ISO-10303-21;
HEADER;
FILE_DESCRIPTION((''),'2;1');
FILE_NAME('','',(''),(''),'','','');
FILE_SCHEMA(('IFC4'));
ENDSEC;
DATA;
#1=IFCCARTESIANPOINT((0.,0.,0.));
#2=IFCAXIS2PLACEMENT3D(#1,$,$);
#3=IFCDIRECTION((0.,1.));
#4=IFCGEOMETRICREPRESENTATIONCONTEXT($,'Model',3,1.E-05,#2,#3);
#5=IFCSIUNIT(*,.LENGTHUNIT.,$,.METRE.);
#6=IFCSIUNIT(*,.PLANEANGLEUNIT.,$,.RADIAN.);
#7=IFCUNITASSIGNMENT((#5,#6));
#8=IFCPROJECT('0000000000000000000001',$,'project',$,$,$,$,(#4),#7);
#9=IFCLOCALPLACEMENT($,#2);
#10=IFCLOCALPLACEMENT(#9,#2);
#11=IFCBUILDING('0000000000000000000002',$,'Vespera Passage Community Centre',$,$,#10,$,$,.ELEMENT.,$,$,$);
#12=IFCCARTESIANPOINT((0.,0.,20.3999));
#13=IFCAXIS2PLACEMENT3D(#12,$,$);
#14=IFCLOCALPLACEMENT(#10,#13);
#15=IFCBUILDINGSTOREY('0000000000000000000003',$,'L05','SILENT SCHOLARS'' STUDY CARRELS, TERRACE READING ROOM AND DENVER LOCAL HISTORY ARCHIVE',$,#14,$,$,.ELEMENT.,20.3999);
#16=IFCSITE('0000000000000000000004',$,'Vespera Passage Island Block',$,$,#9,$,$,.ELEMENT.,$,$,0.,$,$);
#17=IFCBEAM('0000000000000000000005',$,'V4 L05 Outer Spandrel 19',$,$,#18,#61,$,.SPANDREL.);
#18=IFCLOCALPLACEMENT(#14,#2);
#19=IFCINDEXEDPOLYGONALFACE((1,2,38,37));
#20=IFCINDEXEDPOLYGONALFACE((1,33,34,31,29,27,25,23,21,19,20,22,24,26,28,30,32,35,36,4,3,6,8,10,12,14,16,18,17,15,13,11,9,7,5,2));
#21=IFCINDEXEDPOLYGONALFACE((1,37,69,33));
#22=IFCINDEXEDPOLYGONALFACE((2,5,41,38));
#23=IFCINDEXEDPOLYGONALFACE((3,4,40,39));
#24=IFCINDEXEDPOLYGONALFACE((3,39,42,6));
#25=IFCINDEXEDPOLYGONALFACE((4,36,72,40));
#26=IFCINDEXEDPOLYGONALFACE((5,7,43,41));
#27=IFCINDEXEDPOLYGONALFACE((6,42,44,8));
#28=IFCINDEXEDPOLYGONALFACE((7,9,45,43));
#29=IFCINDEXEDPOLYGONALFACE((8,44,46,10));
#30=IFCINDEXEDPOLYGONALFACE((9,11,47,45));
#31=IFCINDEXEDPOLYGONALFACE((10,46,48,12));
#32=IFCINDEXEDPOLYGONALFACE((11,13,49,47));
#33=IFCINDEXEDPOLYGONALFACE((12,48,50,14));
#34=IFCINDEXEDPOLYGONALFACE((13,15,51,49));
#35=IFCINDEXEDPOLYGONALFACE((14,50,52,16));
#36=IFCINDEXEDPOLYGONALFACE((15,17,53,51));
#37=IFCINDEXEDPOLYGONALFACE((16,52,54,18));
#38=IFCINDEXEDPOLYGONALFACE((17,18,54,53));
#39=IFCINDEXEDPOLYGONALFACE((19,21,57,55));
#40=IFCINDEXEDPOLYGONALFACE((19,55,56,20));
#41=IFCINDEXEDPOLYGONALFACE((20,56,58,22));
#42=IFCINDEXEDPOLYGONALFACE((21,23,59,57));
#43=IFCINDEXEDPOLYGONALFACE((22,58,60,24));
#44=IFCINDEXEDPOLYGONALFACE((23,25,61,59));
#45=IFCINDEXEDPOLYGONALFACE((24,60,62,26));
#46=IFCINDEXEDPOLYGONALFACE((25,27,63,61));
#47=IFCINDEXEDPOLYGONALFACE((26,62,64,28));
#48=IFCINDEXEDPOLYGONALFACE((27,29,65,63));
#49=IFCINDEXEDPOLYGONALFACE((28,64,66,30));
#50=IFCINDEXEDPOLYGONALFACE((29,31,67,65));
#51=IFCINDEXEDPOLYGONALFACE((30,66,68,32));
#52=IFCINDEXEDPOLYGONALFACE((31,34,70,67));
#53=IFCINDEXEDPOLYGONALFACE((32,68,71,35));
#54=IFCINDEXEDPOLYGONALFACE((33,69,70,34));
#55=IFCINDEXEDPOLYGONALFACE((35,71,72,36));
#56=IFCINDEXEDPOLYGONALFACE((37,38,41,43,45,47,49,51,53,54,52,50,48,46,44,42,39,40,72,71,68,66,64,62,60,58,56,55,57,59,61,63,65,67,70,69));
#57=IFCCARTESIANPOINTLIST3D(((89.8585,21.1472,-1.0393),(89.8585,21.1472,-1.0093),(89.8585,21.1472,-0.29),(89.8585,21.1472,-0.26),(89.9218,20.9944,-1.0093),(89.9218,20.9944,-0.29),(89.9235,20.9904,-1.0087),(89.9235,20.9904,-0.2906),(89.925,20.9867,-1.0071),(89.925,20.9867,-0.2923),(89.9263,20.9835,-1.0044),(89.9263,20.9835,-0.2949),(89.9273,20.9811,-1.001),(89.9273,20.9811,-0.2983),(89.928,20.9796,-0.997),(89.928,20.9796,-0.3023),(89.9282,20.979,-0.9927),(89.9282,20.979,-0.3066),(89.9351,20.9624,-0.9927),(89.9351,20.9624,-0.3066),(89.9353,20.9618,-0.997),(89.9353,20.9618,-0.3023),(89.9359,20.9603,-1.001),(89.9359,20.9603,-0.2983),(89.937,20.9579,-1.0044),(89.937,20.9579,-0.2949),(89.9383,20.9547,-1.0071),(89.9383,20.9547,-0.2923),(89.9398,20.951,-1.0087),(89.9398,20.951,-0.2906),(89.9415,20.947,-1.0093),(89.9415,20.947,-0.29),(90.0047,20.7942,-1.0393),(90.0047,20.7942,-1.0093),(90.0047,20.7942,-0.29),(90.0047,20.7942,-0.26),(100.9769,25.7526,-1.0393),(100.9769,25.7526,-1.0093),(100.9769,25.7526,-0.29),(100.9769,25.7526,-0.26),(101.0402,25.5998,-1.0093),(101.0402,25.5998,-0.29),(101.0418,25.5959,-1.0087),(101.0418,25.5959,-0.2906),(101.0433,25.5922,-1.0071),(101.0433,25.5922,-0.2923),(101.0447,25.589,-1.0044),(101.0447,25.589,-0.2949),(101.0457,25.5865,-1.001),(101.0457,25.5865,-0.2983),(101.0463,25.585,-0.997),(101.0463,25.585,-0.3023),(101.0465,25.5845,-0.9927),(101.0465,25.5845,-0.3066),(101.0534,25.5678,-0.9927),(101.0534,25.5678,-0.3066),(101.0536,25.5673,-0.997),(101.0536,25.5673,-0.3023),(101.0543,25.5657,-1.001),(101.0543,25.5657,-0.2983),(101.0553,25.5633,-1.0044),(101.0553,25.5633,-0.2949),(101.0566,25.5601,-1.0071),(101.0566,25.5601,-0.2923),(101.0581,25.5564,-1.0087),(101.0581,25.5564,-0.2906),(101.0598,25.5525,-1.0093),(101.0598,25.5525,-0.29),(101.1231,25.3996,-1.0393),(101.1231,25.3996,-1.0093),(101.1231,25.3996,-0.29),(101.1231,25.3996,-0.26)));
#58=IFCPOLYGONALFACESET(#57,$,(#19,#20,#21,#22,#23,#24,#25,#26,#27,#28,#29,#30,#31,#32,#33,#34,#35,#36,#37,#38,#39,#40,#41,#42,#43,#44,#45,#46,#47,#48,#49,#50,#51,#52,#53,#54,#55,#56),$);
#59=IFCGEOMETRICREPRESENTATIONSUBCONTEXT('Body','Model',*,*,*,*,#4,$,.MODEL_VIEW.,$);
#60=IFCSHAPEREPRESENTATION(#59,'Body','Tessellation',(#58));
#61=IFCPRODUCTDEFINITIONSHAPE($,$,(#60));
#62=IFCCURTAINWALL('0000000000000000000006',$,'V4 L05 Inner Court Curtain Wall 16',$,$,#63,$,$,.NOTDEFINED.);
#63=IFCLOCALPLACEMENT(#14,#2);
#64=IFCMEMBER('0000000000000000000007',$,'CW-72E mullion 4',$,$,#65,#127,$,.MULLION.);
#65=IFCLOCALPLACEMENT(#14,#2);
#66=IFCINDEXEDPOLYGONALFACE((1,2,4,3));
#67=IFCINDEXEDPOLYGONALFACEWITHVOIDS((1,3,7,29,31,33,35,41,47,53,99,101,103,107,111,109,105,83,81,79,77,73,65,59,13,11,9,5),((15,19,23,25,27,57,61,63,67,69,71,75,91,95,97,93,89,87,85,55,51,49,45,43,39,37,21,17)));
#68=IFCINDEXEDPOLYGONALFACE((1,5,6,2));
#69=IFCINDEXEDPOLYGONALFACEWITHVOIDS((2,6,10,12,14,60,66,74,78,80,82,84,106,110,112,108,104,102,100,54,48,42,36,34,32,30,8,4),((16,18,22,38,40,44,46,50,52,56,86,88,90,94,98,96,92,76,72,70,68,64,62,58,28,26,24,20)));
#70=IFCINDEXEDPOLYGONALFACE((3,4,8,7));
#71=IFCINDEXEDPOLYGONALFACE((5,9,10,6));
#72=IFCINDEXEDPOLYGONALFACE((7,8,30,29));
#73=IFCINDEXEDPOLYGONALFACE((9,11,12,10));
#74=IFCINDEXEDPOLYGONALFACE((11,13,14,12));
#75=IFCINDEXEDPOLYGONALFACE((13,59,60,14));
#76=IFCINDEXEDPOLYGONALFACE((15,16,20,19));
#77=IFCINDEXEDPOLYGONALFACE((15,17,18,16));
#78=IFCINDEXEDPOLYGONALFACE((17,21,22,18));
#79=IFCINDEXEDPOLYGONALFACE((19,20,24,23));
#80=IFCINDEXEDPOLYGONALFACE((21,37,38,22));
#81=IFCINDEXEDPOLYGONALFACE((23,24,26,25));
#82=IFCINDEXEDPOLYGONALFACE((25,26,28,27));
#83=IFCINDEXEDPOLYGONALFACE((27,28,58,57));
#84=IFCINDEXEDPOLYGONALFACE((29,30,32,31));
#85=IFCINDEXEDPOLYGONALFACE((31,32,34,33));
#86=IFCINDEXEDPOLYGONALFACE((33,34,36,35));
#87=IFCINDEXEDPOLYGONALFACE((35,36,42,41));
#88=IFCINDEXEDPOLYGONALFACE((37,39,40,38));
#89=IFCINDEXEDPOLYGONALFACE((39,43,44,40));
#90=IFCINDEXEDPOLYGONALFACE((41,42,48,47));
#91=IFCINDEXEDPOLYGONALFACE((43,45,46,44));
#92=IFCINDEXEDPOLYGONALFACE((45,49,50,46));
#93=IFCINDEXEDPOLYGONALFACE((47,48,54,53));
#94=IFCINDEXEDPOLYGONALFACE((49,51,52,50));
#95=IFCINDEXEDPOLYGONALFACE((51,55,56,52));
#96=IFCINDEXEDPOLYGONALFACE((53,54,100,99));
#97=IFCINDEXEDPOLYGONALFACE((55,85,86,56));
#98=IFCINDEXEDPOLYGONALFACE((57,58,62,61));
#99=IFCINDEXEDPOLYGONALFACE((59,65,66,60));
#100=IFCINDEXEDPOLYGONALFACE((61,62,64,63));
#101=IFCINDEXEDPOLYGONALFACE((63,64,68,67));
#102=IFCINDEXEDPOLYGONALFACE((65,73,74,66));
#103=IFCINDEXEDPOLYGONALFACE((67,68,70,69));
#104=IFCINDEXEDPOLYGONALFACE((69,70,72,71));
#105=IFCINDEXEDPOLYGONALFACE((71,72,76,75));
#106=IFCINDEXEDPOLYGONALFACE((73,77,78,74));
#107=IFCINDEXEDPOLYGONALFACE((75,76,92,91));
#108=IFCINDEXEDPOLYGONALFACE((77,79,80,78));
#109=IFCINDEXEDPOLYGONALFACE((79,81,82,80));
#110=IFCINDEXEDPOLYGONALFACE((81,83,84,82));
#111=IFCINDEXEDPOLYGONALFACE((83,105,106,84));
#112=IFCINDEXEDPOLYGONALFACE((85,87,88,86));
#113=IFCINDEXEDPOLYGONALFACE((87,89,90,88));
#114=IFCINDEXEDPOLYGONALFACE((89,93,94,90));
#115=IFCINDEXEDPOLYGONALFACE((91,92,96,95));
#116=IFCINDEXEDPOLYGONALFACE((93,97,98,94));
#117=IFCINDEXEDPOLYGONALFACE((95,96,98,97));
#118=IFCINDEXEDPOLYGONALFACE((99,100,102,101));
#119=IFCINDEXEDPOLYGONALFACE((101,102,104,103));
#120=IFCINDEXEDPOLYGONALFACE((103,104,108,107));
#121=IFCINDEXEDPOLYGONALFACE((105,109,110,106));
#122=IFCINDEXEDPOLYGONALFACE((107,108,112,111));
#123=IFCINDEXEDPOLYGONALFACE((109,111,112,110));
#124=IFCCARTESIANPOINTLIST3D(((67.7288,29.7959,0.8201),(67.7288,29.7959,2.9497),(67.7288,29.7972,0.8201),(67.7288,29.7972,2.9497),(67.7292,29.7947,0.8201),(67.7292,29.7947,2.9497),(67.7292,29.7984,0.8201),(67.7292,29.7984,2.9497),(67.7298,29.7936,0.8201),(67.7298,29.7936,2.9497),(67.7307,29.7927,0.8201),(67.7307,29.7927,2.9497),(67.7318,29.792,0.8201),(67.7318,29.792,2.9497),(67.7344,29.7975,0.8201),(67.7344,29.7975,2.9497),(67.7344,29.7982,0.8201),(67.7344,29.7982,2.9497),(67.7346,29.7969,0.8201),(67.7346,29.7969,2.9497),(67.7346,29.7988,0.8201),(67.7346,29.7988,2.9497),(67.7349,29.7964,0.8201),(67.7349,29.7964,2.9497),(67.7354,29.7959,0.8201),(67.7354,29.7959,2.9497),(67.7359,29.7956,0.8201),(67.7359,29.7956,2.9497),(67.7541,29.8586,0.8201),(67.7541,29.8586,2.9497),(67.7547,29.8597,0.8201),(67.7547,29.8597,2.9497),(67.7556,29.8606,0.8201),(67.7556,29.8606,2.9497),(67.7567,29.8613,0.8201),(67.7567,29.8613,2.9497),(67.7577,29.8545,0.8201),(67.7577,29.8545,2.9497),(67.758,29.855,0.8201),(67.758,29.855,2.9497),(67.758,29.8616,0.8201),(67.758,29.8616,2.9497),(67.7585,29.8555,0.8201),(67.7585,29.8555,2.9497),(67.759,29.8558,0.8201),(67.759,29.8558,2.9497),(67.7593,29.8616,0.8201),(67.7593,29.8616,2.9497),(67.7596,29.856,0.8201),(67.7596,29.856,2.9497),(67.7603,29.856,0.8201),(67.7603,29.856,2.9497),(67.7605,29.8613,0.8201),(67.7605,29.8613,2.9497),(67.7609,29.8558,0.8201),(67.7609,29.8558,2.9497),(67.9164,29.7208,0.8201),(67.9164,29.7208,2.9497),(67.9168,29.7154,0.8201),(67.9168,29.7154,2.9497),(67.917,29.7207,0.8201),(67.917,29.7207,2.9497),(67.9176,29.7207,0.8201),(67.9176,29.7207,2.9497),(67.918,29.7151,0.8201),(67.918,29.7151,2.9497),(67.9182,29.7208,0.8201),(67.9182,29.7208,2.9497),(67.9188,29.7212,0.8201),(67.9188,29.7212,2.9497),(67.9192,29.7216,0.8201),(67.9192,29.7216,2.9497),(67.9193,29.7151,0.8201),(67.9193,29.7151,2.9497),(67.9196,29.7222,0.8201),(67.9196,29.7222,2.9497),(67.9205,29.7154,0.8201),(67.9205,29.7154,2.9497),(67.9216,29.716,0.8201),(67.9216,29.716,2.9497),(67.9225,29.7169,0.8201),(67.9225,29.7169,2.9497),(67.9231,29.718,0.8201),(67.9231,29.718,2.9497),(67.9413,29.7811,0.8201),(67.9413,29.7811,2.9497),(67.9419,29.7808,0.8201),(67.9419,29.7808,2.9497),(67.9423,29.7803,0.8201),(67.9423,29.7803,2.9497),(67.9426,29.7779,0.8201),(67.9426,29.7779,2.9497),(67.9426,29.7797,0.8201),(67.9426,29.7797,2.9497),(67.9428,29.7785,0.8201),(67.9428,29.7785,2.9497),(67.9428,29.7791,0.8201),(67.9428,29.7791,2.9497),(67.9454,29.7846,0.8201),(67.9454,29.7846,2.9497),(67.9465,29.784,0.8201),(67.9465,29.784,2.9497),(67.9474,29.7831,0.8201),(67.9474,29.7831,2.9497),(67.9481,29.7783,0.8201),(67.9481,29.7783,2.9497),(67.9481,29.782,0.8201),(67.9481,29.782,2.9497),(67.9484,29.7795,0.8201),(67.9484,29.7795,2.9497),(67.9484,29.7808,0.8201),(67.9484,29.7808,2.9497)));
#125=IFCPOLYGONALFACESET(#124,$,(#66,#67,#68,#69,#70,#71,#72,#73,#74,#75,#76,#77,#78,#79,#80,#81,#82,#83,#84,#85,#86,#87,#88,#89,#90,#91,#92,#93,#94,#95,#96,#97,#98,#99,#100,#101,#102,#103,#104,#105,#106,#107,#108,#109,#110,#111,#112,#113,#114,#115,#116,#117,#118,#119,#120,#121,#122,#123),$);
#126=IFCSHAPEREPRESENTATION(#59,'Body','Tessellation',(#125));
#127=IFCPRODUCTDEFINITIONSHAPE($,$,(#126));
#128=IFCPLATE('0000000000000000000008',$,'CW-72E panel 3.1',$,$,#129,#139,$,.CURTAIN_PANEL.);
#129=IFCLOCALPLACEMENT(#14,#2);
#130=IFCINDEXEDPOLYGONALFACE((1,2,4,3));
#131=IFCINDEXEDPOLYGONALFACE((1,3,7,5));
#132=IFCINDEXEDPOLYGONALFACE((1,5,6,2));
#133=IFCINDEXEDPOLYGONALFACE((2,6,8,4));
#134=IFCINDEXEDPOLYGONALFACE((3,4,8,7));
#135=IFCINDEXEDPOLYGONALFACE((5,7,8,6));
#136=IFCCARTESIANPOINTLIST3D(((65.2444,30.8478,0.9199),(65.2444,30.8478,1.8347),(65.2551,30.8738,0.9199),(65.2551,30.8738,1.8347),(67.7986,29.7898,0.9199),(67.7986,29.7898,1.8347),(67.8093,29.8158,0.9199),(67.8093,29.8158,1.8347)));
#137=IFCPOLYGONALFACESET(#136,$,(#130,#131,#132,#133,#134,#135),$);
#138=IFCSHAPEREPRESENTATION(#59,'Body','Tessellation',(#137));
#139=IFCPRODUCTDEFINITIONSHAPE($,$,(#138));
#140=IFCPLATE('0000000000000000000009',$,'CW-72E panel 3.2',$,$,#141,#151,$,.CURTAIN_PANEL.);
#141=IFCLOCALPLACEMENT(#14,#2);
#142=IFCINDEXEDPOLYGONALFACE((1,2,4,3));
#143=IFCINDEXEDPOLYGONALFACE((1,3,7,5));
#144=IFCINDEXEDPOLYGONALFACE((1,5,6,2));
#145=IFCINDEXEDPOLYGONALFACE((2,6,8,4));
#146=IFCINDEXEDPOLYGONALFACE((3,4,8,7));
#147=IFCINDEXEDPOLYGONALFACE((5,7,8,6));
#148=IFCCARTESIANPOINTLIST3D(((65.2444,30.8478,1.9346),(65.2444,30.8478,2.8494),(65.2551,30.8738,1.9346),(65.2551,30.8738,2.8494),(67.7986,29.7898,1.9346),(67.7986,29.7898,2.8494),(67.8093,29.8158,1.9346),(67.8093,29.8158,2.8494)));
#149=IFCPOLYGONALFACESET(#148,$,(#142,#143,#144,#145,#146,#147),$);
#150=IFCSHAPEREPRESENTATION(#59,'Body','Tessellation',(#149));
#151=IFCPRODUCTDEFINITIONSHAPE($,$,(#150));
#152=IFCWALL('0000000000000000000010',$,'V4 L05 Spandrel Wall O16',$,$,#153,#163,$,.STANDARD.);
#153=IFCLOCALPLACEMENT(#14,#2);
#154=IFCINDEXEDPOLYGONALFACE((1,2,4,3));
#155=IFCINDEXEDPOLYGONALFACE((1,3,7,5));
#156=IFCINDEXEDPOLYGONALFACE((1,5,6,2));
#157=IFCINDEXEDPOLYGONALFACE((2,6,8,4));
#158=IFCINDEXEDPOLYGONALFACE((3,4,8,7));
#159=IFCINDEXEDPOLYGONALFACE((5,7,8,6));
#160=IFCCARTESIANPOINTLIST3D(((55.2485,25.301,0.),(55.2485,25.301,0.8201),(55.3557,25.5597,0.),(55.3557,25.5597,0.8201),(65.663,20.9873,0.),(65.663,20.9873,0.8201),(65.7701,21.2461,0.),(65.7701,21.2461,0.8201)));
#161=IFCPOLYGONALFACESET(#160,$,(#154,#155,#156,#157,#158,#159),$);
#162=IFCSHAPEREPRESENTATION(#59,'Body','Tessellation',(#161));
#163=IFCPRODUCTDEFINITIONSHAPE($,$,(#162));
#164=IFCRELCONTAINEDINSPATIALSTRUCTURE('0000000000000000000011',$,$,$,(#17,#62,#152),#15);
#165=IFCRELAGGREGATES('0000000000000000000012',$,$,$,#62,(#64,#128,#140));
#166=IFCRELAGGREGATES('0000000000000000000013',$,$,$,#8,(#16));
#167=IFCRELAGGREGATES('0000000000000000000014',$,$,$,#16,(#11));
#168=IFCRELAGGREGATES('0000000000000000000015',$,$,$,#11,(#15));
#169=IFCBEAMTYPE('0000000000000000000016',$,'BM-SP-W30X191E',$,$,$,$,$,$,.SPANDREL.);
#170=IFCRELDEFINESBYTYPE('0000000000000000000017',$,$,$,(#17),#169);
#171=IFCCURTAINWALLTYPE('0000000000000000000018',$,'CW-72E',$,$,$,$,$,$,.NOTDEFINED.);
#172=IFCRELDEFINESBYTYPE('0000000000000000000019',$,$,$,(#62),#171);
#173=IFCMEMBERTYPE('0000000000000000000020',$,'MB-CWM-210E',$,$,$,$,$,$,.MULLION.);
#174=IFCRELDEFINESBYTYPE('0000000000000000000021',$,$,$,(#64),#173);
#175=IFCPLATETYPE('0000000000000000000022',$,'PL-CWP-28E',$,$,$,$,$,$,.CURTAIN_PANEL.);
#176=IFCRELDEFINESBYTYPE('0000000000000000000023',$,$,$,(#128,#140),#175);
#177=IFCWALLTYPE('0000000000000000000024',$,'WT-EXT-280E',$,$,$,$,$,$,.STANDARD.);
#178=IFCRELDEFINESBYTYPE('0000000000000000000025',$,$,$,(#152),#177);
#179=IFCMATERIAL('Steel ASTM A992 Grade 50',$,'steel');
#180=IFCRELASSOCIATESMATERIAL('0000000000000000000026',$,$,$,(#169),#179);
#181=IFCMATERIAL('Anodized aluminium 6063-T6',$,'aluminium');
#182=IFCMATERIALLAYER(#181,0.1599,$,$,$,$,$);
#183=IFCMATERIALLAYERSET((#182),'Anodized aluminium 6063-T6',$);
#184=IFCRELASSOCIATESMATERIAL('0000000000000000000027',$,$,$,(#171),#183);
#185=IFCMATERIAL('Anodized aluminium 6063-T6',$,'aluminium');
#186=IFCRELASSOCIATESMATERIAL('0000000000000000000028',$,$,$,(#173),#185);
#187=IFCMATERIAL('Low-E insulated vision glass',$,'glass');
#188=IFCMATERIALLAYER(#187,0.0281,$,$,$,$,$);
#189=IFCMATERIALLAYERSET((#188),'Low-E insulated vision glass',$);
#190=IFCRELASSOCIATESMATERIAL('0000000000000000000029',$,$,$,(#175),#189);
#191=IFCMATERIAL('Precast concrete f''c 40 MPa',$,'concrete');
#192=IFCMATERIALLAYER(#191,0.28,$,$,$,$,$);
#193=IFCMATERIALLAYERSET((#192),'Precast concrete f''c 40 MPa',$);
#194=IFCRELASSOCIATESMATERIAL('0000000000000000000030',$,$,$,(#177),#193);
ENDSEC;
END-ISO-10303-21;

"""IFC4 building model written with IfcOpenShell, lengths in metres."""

from ifc_helpers import new_model, si_unit, direction, frame, frame_2d, origin, origin_2d, place, context, subcontext, project, spatial, rectangle, hollow_rectangle, i_section, extrude, material, layer, layer_set, material_profile, profile_set, type_object, element, aggregate, save


model = new_model("IFC4")

# Units and contexts
model_context = context("Model", 3, precision=1e-05, world=origin(), true_north=direction((0.0, 1.0)))
body_context = subcontext(model_context, "Body", "Model", "MODEL_VIEW")
ifc_project = project(units=[si_unit("LENGTHUNIT", "METRE"), si_unit("PLANEANGLEUNIT", "RADIAN")], contexts=[model_context])

# Site, building, storey
site_placement = place(None, origin())
site = spatial("IfcSite", under=ifc_project, at=site_placement, Name="Vespera Passage Island Block", CompositionType="ELEMENT", RefElevation=0.0)
building_placement = place(site_placement, origin())
building = spatial("IfcBuilding", under=site, at=building_placement, Name="Vespera Passage Community Centre", CompositionType="ELEMENT")
storey_placement = place(building_placement, frame((0.0, 0.0, 20.3999)))
storey = spatial("IfcBuildingStorey", under=building, at=storey_placement, Name="L05", Description="SILENT SCHOLARS' STUDY CARRELS, TERRACE READING ROOM AND DENVER LOCAL HISTORY ARCHIVE", CompositionType="ELEMENT", Elevation=20.3999)

# Beam
ifc_material_1 = material(Name="Steel ASTM A992 Grade 50", Category="steel")
ifc_material_profile_1 = material_profile(ifc_material_1, i_section(OverallWidth=0.3821, OverallDepth=0.7793, WebThickness=0.0181, FlangeThickness=0.03, FilletRadius=0.0166, at=origin_2d()), Name="W30X191")
ifc_profile_set_1 = profile_set([ifc_material_profile_1], Name="Steel ASTM A992 Grade 50")
beam_type_1 = type_object("IfcBeamType", Name="BM-SP-W30X191E", PredefinedType="SPANDREL", material=ifc_profile_set_1)
beam_1_placement = place(storey_placement, frame((89.9316, 20.9707, -0.6497), z_axis=(0.923877, 0.382689, 0.0), x_axis=(-0.382689, 0.923877, 0.0)))
element("IfcBeam", 1, at=beam_1_placement, inside=storey, type_object=beam_type_1, Name="V4 L05 Outer Spandrel 19", PredefinedType="SPANDREL", context=body_context, shape_type="SweptSolid", body=[
    extrude(i_section(OverallWidth=0.3821, OverallDepth=0.7793, WebThickness=0.0181, FlangeThickness=0.03, FilletRadius=0.0166, at=origin_2d()), origin(), (0.0, 0.0, 1.0), 12.0344),
])

# Curtain wall, member, plates
ifc_material_2 = material(Name="Anodized aluminium 6063-T6", Category="aluminium")
ifc_layer_1 = layer(ifc_material_2, 0.1599)
ifc_layer_set_1 = layer_set([ifc_layer_1], Name="Anodized aluminium 6063-T6")
curtain_wall_type = type_object("IfcCurtainWallType", Name="CW-72E", PredefinedType="NOTDEFINED", material=ifc_layer_set_1)
curtain_wall_placement = place(storey_placement, origin())
curtain_wall = element("IfcCurtainWall", 2, at=curtain_wall_placement, inside=storey, type_object=curtain_wall_type, Name="V4 L05 Inner Court Curtain Wall 16", PredefinedType="NOTDEFINED")
ifc_material_3 = material(Name="Anodized aluminium 6063-T6", Category="aluminium")
ifc_material_profile_2 = material_profile(ifc_material_3, hollow_rectangle(XDim=0.075, YDim=0.21, WallThickness=0.0049, InnerFilletRadius=0.0024, OuterFilletRadius=0.0049, at=origin_2d()), Name="ALU210X75X5")
ifc_profile_set_2 = profile_set([ifc_material_profile_2], Name="Anodized aluminium 6063-T6")
member_type = type_object("IfcMemberType", Name="MB-CWM-210E", PredefinedType="MULLION", material=ifc_profile_set_2)
member_placement = place(storey_placement, frame((67.8386, 29.7883, 0.8201), z_axis=(0.0, 0.0, 1.0), x_axis=(0.38269, 0.923877, 0.0)))
member = element("IfcMember", 3, at=member_placement, type_object=member_type, Name="CW-72E mullion 4", PredefinedType="MULLION", context=body_context, shape_type="SweptSolid", body=[
    extrude(hollow_rectangle(XDim=0.075, YDim=0.21, WallThickness=0.0049, InnerFilletRadius=0.0024, OuterFilletRadius=0.0049, at=origin_2d()), origin(), (0.0, 0.0, 1.0), 2.1296),
])
ifc_material_4 = material(Name="Low-E insulated vision glass", Category="glass")
ifc_layer_2 = layer(ifc_material_4, 0.0281)
ifc_layer_set_2 = layer_set([ifc_layer_2], Name="Low-E insulated vision glass")
plate_type = type_object("IfcPlateType", Name="PL-CWP-28E", PredefinedType="CURTAIN_PANEL", material=ifc_layer_set_2)
plate_1_placement = place(storey_placement, frame((66.5269, 30.3318, 0.9199), z_axis=(0.0, 0.0, 1.0), x_axis=(0.923877, -0.38269, 0.0)))
plate_1 = element("IfcPlate", 4, at=plate_1_placement, type_object=plate_type, Name="CW-72E panel 3.1", PredefinedType="CURTAIN_PANEL", context=body_context, shape_type="SweptSolid", body=[
    extrude(rectangle(XDim=2.7646, YDim=0.0281, at=origin_2d()), origin(), (0.0, 0.0, 1.0), 0.9148),
])
plate_2_placement = place(storey_placement, frame((66.5269, 30.3318, 1.9346), z_axis=(0.0, 0.0, 1.0), x_axis=(0.923877, -0.38269, 0.0)))
plate_2 = element("IfcPlate", 5, at=plate_2_placement, type_object=plate_type, Name="CW-72E panel 3.2", PredefinedType="CURTAIN_PANEL", context=body_context, shape_type="SweptSolid", body=[
    extrude(rectangle(XDim=2.7646, YDim=0.0281, at=origin_2d()), origin(), (0.0, 0.0, 1.0), 0.9148),
])
aggregate(curtain_wall, [member, plate_1, plate_2])

# Wall
ifc_material_5 = material(Name="Precast concrete f'c 40 MPa", Category="concrete")
ifc_layer_3 = layer(ifc_material_5, 0.28)
ifc_layer_set_3 = layer_set([ifc_layer_3], Name="Precast concrete f'c 40 MPa")
wall_type = type_object("IfcWallType", Name="WT-EXT-280E", PredefinedType="STANDARD", material=ifc_layer_set_3)
wall_1_placement = place(storey_placement, frame((65.7166, 21.1167, 0.0), z_axis=(0.0, 0.0, 1.0), x_axis=(-0.923884, 0.382674, 0.0)))
element("IfcWall", 6, at=wall_1_placement, inside=storey, type_object=wall_type, Name="V4 L05 Spandrel Wall O16", PredefinedType="STANDARD", context=body_context, shape_type="SweptSolid", body=[
    extrude(rectangle(XDim=11.2725, YDim=0.28, at=frame_2d((5.6362, 0.0))), origin(), (0.0, 0.0, 1.0), 0.8201),
])

save(model, "model.ifc")
